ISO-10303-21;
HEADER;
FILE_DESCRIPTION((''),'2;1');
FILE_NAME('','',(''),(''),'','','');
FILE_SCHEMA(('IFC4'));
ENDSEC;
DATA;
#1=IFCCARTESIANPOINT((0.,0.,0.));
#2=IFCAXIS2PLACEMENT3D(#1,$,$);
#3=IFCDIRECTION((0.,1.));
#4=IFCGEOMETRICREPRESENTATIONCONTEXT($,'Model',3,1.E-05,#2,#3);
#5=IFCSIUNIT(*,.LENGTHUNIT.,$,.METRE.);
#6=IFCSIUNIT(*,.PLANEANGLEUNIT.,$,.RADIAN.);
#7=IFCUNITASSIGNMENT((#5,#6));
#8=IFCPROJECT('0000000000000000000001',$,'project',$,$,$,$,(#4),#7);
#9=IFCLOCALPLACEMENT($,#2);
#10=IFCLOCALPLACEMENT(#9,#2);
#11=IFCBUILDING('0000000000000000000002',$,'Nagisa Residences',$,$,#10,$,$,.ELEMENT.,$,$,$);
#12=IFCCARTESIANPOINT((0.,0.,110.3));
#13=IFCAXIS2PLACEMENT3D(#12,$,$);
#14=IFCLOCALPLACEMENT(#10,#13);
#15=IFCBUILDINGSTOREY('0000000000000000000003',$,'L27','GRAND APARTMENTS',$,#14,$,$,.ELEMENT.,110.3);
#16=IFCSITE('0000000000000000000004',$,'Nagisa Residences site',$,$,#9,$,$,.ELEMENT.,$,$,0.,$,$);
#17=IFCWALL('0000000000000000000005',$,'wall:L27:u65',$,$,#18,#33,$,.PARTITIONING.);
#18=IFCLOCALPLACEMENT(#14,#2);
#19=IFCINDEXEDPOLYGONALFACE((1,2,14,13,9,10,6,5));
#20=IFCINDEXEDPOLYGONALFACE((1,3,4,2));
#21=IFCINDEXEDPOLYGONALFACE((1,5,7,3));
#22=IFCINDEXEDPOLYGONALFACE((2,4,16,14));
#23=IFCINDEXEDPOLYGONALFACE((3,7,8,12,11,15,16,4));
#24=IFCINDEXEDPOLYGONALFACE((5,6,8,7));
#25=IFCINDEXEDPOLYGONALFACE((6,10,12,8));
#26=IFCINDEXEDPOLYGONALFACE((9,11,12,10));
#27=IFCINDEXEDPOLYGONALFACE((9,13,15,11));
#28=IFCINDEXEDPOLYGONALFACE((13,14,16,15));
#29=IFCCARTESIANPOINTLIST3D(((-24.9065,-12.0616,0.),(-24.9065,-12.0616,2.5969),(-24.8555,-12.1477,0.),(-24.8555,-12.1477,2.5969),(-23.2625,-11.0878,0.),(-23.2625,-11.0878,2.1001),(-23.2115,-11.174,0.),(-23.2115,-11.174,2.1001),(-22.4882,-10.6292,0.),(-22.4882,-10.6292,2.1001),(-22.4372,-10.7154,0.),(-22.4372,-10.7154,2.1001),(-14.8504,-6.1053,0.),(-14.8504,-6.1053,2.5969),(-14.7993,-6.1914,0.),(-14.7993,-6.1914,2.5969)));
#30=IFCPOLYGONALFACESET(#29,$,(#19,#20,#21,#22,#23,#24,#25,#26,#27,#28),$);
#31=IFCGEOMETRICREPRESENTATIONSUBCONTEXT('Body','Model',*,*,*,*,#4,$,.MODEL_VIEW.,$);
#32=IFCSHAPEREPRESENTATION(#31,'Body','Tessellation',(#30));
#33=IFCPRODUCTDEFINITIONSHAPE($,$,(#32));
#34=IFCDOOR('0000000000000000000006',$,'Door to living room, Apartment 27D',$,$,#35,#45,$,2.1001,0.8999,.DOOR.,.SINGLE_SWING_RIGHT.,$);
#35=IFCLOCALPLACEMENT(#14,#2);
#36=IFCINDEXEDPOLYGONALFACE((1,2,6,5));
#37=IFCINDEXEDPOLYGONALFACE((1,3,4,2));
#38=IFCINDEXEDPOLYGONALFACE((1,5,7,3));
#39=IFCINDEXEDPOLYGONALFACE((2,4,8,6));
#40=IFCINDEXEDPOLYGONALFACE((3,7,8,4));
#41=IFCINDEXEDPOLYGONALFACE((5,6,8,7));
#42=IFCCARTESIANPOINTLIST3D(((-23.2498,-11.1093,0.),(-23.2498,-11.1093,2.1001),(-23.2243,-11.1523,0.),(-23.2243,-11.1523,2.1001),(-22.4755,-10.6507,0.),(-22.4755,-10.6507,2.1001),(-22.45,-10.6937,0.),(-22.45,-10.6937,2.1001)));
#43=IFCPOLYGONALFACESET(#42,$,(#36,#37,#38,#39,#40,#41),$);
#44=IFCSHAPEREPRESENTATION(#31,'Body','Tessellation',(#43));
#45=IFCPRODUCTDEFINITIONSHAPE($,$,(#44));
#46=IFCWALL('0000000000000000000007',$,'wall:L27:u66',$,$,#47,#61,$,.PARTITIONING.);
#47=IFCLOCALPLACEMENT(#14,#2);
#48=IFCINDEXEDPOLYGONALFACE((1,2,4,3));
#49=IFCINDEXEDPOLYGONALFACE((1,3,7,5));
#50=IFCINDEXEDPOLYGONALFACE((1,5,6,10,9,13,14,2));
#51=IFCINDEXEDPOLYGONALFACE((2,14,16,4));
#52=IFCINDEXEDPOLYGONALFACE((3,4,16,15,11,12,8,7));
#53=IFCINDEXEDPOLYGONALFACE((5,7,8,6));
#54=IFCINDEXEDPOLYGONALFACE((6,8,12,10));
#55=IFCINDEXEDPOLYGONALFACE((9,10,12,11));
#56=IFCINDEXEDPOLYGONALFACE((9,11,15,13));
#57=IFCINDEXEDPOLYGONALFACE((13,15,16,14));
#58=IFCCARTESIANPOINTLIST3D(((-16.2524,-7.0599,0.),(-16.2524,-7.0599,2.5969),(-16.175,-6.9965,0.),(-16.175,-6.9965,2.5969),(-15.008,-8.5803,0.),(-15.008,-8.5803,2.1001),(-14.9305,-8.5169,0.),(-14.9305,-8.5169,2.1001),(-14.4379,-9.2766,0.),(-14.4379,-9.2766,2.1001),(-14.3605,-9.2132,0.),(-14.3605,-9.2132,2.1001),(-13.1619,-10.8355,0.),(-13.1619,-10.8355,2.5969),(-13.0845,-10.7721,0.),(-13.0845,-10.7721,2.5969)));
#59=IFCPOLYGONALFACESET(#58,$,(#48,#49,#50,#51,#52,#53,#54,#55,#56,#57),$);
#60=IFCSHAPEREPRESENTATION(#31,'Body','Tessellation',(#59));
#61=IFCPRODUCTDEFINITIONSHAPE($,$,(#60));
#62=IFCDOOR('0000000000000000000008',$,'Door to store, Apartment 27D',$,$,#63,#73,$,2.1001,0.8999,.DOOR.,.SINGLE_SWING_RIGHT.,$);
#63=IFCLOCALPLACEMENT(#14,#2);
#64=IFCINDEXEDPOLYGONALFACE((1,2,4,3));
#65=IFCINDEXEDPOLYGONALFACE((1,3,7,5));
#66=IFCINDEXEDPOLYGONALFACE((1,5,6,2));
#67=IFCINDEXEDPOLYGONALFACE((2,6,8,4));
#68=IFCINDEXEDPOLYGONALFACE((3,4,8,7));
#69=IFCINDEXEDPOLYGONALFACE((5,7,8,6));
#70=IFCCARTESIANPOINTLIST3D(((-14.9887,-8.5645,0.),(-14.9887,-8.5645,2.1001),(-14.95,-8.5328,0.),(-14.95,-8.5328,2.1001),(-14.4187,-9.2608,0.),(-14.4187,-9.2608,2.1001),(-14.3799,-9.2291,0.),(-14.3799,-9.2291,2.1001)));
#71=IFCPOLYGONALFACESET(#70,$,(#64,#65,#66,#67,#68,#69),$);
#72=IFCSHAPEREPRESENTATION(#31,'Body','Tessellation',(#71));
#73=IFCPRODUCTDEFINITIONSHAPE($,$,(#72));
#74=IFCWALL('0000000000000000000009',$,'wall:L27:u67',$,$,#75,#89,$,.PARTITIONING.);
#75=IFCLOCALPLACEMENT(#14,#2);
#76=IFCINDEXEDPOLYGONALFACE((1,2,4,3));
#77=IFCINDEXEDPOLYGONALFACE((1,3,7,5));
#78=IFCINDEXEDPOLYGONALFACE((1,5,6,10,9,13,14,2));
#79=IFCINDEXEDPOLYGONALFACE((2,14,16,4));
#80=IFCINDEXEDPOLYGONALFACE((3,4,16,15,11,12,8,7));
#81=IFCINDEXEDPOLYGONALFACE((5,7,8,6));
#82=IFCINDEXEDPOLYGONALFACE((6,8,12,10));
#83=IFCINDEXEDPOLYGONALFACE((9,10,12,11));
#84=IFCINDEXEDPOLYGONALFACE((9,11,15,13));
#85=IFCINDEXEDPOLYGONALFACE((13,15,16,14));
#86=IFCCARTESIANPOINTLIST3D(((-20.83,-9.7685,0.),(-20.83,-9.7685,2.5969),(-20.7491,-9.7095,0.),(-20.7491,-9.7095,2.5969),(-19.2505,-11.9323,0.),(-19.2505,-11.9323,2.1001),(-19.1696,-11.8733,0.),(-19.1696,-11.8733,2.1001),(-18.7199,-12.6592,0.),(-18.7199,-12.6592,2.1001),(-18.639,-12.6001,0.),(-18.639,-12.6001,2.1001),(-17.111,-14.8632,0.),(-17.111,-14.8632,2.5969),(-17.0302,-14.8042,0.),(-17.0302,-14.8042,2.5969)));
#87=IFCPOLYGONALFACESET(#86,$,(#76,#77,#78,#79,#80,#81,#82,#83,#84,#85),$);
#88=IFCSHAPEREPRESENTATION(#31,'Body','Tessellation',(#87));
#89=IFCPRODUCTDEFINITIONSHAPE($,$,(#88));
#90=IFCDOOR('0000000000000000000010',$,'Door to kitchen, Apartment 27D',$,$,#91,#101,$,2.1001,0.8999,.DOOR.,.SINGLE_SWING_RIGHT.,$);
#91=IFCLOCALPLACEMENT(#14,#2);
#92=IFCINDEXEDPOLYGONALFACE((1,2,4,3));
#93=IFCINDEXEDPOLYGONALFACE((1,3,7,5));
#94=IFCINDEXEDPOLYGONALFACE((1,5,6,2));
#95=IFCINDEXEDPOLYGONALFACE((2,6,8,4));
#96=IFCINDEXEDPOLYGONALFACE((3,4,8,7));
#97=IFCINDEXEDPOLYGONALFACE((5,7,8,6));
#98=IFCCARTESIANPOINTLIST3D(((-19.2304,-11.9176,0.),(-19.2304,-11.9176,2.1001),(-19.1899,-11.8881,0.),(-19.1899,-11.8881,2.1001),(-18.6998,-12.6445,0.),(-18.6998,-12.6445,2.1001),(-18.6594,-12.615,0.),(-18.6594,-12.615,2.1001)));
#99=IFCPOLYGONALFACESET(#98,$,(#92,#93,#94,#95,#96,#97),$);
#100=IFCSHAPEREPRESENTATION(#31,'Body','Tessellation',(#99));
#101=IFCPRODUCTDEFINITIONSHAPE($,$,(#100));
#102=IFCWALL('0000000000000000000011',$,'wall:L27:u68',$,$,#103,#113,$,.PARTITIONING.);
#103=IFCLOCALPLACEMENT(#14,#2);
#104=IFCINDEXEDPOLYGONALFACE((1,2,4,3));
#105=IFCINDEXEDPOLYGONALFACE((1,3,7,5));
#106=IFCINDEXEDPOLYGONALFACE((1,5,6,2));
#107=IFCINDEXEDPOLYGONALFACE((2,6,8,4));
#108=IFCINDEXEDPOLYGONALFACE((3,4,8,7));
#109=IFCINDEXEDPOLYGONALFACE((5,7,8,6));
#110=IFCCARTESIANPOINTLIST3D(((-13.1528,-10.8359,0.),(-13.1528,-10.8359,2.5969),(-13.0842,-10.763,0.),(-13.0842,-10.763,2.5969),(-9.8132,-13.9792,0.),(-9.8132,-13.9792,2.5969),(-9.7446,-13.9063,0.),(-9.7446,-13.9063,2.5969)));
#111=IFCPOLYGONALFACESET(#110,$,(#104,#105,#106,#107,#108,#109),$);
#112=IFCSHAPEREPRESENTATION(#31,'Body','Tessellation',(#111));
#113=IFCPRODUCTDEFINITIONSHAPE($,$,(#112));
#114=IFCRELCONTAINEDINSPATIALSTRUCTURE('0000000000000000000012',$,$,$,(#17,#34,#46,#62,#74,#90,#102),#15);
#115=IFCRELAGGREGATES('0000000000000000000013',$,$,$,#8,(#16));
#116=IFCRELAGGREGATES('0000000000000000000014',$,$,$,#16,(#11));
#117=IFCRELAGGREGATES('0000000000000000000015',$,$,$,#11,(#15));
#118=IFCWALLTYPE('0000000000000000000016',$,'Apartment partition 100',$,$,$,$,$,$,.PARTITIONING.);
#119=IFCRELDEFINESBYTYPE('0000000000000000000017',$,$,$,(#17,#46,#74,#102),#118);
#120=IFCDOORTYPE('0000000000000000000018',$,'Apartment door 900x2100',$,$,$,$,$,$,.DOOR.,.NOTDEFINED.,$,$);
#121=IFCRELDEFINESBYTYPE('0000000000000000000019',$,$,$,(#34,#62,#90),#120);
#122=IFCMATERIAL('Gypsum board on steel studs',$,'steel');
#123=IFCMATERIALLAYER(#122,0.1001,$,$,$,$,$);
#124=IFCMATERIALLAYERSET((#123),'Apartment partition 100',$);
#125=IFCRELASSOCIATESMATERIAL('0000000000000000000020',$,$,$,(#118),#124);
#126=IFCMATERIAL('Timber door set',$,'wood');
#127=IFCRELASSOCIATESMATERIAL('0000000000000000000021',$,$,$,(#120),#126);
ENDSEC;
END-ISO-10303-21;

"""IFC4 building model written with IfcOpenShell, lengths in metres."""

from ifc_helpers import new_model, si_unit, direction, frame, frame_2d, origin, place, context, subcontext, project, spatial, rectangle, extrude, material, layer, layer_set, type_object, element, fill, save


model = new_model("IFC4")

# Units and contexts
model_context = context("Model", 3, precision=1e-05, world=origin(), true_north=direction((0.0, 1.0)))
body_context = subcontext(model_context, "Body", "Model", "MODEL_VIEW")
ifc_project = project(units=[si_unit("LENGTHUNIT", "METRE"), si_unit("PLANEANGLEUNIT", "RADIAN")], contexts=[model_context])

# Site, building, storey
site_placement = place(None, origin())
site = spatial("IfcSite", under=ifc_project, at=site_placement, Name="Nagisa Residences site", CompositionType="ELEMENT", RefElevation=0.0)
building_placement = place(site_placement, origin())
building = spatial("IfcBuilding", under=site, at=building_placement, Name="Nagisa Residences", CompositionType="ELEMENT")
storey_placement = place(building_placement, frame((0.0, 0.0, 110.3)))
storey = spatial("IfcBuildingStorey", under=building, at=storey_placement, Name="L27", Description="GRAND APARTMENTS", CompositionType="ELEMENT", Elevation=110.3)

# Shared definitions
ifc_material_1 = material(Name="Gypsum board on steel studs", Category="steel")
ifc_layer_1 = layer(ifc_material_1, 0.1001)
ifc_layer_set_1 = layer_set([ifc_layer_1], Name="Apartment partition 100")
wall_type_1 = type_object("IfcWallType", Name="Apartment partition 100", PredefinedType="PARTITIONING", material=ifc_layer_set_1)
ifc_material_2 = material(Name="Timber door set", Category="wood")
door_type_1 = type_object("IfcDoorType", Name="Apartment door 900x2100", OperationType="NOTDEFINED", PredefinedType="DOOR", material=ifc_material_2)

# Walls, openings, doors
wall_1_placement = place(storey_placement, frame((-14.825, -6.1484, 0.0), z_axis=(0.0, 0.0, 1.0), x_axis=(-0.8604, -0.509619, 0.0)))
wall_1 = element("IfcWall", 1, at=wall_1_placement, inside=storey, type_object=wall_type_1, Name="wall:L27:u65", PredefinedType="PARTITIONING", context=body_context, shape_type="SweptSolid", body=[
    extrude(rectangle(XDim=11.6877, YDim=0.1001, at=frame_2d((5.8438, 0.0))), origin(), (0.0, 0.0, 1.0), 2.5969),
])
opening_1_placement = place(wall_1_placement, frame((8.877, 0.0, 0.0)))
opening_1 = element("IfcOpeningElement", 2, at=opening_1_placement, cuts=wall_1, PredefinedType="OPENING", context=body_context, shape_type="SweptSolid", body=[
    extrude(rectangle(XDim=0.8999, YDim=2.1001, at=frame_2d((0.45, 1.05))), frame((0.0, 0.0601, 0.0), z_axis=(0.0, -1.0, 0.0), x_axis=(1.0, 0.0, 0.0)), (0.0, 0.0, 1.0), 0.1201),
])
door_1_placement = place(opening_1_placement, origin())
door_1 = element("IfcDoor", 3, at=door_1_placement, inside=storey, type_object=door_type_1, Name="Door to living room, Apartment 27D", OperationType="SINGLE_SWING_RIGHT", OverallHeight=2.1001, OverallWidth=0.8999, PredefinedType="DOOR", context=body_context, shape_type="SweptSolid", body=[
    extrude(rectangle(XDim=0.8999, YDim=2.1001, at=frame_2d((0.45, 1.05))), frame((0.0, 0.0249, 0.0), z_axis=(0.0, -1.0, 0.0), x_axis=(1.0, 0.0, 0.0)), (0.0, 0.0, 1.0), 0.05),
])
fill(opening_1, door_1)
wall_2_placement = place(storey_placement, frame((-16.2136, -7.0283, 0.0), z_axis=(0.0, 0.0, 1.0), x_axis=(0.633412, -0.773815, 0.0)))
wall_2 = element("IfcWall", 4, at=wall_2_placement, inside=storey, type_object=wall_type_1, Name="wall:L27:u66", PredefinedType="PARTITIONING", context=body_context, shape_type="SweptSolid", body=[
    extrude(rectangle(XDim=4.8792, YDim=0.1001, at=frame_2d((2.4395, 0.0))), origin(), (0.0, 0.0, 1.0), 2.5969),
])
opening_2_placement = place(wall_2_placement, frame((1.9646, 0.0, 0.0)))
opening_2 = element("IfcOpeningElement", 5, at=opening_2_placement, cuts=wall_2, PredefinedType="OPENING", context=body_context, shape_type="SweptSolid", body=[
    extrude(rectangle(XDim=0.8999, YDim=2.1001, at=frame_2d((0.45, 1.05))), frame((0.0, 0.0601, 0.0), z_axis=(0.0, -1.0, 0.0), x_axis=(1.0, 0.0, 0.0)), (0.0, 0.0, 1.0), 0.1201),
])
door_2_placement = place(opening_2_placement, origin())
door_2 = element("IfcDoor", 6, at=door_2_placement, inside=storey, type_object=door_type_1, Name="Door to store, Apartment 27D", OperationType="SINGLE_SWING_RIGHT", OverallHeight=2.1001, OverallWidth=0.8999, PredefinedType="DOOR", context=body_context, shape_type="SweptSolid", body=[
    extrude(rectangle(XDim=0.8999, YDim=2.1001, at=frame_2d((0.45, 1.05))), frame((0.0, 0.0249, 0.0), z_axis=(0.0, -1.0, 0.0), x_axis=(1.0, 0.0, 0.0)), (0.0, 0.0, 1.0), 0.05),
])
fill(opening_2, door_2)
wall_3_placement = place(storey_placement, frame((-20.7896, -9.739, 0.0), z_axis=(0.0, 0.0, 1.0), x_axis=(0.589595, -0.807699, 0.0)))
wall_3 = element("IfcWall", 7, at=wall_3_placement, inside=storey, type_object=wall_type_1, Name="wall:L27:u67", PredefinedType="PARTITIONING", context=body_context, shape_type="SweptSolid", body=[
    extrude(rectangle(XDim=6.3076, YDim=0.1001, at=frame_2d((3.1538, 0.0))), origin(), (0.0, 0.0, 1.0), 2.5969),
])
opening_3_placement = place(wall_3_placement, frame((2.679, 0.0, 0.0)))
opening_3 = element("IfcOpeningElement", 8, at=opening_3_placement, cuts=wall_3, PredefinedType="OPENING", context=body_context, shape_type="SweptSolid", body=[
    extrude(rectangle(XDim=0.8999, YDim=2.1001, at=frame_2d((0.45, 1.05))), frame((0.0, 0.0601, 0.0), z_axis=(0.0, -1.0, 0.0), x_axis=(1.0, 0.0, 0.0)), (0.0, 0.0, 1.0), 0.1201),
])
door_3_placement = place(opening_3_placement, origin())
door_3 = element("IfcDoor", 9, at=door_3_placement, inside=storey, type_object=door_type_1, Name="Door to kitchen, Apartment 27D", OperationType="SINGLE_SWING_RIGHT", OverallHeight=2.1001, OverallWidth=0.8999, PredefinedType="DOOR", context=body_context, shape_type="SweptSolid", body=[
    extrude(rectangle(XDim=0.8999, YDim=2.1001, at=frame_2d((0.45, 1.05))), frame((0.0, 0.0249, 0.0), z_axis=(0.0, -1.0, 0.0), x_axis=(1.0, 0.0, 0.0)), (0.0, 0.0, 1.0), 0.05),
])
fill(opening_3, door_3)

# Wall
wall_4_placement = place(storey_placement, frame((-13.1184, -10.7996, 0.0), z_axis=(0.0, 0.0, 1.0), x_axis=(0.728183, -0.685383, 0.0)))
element("IfcWall", 10, at=wall_4_placement, inside=storey, type_object=wall_type_1, Name="wall:L27:u68", PredefinedType="PARTITIONING", context=body_context, shape_type="SweptSolid", body=[
    extrude(rectangle(XDim=4.5862, YDim=0.1001, at=frame_2d((2.293, 0.0))), origin(), (0.0, 0.0, 1.0), 2.5969),
])

save(model, "model.ifc")
